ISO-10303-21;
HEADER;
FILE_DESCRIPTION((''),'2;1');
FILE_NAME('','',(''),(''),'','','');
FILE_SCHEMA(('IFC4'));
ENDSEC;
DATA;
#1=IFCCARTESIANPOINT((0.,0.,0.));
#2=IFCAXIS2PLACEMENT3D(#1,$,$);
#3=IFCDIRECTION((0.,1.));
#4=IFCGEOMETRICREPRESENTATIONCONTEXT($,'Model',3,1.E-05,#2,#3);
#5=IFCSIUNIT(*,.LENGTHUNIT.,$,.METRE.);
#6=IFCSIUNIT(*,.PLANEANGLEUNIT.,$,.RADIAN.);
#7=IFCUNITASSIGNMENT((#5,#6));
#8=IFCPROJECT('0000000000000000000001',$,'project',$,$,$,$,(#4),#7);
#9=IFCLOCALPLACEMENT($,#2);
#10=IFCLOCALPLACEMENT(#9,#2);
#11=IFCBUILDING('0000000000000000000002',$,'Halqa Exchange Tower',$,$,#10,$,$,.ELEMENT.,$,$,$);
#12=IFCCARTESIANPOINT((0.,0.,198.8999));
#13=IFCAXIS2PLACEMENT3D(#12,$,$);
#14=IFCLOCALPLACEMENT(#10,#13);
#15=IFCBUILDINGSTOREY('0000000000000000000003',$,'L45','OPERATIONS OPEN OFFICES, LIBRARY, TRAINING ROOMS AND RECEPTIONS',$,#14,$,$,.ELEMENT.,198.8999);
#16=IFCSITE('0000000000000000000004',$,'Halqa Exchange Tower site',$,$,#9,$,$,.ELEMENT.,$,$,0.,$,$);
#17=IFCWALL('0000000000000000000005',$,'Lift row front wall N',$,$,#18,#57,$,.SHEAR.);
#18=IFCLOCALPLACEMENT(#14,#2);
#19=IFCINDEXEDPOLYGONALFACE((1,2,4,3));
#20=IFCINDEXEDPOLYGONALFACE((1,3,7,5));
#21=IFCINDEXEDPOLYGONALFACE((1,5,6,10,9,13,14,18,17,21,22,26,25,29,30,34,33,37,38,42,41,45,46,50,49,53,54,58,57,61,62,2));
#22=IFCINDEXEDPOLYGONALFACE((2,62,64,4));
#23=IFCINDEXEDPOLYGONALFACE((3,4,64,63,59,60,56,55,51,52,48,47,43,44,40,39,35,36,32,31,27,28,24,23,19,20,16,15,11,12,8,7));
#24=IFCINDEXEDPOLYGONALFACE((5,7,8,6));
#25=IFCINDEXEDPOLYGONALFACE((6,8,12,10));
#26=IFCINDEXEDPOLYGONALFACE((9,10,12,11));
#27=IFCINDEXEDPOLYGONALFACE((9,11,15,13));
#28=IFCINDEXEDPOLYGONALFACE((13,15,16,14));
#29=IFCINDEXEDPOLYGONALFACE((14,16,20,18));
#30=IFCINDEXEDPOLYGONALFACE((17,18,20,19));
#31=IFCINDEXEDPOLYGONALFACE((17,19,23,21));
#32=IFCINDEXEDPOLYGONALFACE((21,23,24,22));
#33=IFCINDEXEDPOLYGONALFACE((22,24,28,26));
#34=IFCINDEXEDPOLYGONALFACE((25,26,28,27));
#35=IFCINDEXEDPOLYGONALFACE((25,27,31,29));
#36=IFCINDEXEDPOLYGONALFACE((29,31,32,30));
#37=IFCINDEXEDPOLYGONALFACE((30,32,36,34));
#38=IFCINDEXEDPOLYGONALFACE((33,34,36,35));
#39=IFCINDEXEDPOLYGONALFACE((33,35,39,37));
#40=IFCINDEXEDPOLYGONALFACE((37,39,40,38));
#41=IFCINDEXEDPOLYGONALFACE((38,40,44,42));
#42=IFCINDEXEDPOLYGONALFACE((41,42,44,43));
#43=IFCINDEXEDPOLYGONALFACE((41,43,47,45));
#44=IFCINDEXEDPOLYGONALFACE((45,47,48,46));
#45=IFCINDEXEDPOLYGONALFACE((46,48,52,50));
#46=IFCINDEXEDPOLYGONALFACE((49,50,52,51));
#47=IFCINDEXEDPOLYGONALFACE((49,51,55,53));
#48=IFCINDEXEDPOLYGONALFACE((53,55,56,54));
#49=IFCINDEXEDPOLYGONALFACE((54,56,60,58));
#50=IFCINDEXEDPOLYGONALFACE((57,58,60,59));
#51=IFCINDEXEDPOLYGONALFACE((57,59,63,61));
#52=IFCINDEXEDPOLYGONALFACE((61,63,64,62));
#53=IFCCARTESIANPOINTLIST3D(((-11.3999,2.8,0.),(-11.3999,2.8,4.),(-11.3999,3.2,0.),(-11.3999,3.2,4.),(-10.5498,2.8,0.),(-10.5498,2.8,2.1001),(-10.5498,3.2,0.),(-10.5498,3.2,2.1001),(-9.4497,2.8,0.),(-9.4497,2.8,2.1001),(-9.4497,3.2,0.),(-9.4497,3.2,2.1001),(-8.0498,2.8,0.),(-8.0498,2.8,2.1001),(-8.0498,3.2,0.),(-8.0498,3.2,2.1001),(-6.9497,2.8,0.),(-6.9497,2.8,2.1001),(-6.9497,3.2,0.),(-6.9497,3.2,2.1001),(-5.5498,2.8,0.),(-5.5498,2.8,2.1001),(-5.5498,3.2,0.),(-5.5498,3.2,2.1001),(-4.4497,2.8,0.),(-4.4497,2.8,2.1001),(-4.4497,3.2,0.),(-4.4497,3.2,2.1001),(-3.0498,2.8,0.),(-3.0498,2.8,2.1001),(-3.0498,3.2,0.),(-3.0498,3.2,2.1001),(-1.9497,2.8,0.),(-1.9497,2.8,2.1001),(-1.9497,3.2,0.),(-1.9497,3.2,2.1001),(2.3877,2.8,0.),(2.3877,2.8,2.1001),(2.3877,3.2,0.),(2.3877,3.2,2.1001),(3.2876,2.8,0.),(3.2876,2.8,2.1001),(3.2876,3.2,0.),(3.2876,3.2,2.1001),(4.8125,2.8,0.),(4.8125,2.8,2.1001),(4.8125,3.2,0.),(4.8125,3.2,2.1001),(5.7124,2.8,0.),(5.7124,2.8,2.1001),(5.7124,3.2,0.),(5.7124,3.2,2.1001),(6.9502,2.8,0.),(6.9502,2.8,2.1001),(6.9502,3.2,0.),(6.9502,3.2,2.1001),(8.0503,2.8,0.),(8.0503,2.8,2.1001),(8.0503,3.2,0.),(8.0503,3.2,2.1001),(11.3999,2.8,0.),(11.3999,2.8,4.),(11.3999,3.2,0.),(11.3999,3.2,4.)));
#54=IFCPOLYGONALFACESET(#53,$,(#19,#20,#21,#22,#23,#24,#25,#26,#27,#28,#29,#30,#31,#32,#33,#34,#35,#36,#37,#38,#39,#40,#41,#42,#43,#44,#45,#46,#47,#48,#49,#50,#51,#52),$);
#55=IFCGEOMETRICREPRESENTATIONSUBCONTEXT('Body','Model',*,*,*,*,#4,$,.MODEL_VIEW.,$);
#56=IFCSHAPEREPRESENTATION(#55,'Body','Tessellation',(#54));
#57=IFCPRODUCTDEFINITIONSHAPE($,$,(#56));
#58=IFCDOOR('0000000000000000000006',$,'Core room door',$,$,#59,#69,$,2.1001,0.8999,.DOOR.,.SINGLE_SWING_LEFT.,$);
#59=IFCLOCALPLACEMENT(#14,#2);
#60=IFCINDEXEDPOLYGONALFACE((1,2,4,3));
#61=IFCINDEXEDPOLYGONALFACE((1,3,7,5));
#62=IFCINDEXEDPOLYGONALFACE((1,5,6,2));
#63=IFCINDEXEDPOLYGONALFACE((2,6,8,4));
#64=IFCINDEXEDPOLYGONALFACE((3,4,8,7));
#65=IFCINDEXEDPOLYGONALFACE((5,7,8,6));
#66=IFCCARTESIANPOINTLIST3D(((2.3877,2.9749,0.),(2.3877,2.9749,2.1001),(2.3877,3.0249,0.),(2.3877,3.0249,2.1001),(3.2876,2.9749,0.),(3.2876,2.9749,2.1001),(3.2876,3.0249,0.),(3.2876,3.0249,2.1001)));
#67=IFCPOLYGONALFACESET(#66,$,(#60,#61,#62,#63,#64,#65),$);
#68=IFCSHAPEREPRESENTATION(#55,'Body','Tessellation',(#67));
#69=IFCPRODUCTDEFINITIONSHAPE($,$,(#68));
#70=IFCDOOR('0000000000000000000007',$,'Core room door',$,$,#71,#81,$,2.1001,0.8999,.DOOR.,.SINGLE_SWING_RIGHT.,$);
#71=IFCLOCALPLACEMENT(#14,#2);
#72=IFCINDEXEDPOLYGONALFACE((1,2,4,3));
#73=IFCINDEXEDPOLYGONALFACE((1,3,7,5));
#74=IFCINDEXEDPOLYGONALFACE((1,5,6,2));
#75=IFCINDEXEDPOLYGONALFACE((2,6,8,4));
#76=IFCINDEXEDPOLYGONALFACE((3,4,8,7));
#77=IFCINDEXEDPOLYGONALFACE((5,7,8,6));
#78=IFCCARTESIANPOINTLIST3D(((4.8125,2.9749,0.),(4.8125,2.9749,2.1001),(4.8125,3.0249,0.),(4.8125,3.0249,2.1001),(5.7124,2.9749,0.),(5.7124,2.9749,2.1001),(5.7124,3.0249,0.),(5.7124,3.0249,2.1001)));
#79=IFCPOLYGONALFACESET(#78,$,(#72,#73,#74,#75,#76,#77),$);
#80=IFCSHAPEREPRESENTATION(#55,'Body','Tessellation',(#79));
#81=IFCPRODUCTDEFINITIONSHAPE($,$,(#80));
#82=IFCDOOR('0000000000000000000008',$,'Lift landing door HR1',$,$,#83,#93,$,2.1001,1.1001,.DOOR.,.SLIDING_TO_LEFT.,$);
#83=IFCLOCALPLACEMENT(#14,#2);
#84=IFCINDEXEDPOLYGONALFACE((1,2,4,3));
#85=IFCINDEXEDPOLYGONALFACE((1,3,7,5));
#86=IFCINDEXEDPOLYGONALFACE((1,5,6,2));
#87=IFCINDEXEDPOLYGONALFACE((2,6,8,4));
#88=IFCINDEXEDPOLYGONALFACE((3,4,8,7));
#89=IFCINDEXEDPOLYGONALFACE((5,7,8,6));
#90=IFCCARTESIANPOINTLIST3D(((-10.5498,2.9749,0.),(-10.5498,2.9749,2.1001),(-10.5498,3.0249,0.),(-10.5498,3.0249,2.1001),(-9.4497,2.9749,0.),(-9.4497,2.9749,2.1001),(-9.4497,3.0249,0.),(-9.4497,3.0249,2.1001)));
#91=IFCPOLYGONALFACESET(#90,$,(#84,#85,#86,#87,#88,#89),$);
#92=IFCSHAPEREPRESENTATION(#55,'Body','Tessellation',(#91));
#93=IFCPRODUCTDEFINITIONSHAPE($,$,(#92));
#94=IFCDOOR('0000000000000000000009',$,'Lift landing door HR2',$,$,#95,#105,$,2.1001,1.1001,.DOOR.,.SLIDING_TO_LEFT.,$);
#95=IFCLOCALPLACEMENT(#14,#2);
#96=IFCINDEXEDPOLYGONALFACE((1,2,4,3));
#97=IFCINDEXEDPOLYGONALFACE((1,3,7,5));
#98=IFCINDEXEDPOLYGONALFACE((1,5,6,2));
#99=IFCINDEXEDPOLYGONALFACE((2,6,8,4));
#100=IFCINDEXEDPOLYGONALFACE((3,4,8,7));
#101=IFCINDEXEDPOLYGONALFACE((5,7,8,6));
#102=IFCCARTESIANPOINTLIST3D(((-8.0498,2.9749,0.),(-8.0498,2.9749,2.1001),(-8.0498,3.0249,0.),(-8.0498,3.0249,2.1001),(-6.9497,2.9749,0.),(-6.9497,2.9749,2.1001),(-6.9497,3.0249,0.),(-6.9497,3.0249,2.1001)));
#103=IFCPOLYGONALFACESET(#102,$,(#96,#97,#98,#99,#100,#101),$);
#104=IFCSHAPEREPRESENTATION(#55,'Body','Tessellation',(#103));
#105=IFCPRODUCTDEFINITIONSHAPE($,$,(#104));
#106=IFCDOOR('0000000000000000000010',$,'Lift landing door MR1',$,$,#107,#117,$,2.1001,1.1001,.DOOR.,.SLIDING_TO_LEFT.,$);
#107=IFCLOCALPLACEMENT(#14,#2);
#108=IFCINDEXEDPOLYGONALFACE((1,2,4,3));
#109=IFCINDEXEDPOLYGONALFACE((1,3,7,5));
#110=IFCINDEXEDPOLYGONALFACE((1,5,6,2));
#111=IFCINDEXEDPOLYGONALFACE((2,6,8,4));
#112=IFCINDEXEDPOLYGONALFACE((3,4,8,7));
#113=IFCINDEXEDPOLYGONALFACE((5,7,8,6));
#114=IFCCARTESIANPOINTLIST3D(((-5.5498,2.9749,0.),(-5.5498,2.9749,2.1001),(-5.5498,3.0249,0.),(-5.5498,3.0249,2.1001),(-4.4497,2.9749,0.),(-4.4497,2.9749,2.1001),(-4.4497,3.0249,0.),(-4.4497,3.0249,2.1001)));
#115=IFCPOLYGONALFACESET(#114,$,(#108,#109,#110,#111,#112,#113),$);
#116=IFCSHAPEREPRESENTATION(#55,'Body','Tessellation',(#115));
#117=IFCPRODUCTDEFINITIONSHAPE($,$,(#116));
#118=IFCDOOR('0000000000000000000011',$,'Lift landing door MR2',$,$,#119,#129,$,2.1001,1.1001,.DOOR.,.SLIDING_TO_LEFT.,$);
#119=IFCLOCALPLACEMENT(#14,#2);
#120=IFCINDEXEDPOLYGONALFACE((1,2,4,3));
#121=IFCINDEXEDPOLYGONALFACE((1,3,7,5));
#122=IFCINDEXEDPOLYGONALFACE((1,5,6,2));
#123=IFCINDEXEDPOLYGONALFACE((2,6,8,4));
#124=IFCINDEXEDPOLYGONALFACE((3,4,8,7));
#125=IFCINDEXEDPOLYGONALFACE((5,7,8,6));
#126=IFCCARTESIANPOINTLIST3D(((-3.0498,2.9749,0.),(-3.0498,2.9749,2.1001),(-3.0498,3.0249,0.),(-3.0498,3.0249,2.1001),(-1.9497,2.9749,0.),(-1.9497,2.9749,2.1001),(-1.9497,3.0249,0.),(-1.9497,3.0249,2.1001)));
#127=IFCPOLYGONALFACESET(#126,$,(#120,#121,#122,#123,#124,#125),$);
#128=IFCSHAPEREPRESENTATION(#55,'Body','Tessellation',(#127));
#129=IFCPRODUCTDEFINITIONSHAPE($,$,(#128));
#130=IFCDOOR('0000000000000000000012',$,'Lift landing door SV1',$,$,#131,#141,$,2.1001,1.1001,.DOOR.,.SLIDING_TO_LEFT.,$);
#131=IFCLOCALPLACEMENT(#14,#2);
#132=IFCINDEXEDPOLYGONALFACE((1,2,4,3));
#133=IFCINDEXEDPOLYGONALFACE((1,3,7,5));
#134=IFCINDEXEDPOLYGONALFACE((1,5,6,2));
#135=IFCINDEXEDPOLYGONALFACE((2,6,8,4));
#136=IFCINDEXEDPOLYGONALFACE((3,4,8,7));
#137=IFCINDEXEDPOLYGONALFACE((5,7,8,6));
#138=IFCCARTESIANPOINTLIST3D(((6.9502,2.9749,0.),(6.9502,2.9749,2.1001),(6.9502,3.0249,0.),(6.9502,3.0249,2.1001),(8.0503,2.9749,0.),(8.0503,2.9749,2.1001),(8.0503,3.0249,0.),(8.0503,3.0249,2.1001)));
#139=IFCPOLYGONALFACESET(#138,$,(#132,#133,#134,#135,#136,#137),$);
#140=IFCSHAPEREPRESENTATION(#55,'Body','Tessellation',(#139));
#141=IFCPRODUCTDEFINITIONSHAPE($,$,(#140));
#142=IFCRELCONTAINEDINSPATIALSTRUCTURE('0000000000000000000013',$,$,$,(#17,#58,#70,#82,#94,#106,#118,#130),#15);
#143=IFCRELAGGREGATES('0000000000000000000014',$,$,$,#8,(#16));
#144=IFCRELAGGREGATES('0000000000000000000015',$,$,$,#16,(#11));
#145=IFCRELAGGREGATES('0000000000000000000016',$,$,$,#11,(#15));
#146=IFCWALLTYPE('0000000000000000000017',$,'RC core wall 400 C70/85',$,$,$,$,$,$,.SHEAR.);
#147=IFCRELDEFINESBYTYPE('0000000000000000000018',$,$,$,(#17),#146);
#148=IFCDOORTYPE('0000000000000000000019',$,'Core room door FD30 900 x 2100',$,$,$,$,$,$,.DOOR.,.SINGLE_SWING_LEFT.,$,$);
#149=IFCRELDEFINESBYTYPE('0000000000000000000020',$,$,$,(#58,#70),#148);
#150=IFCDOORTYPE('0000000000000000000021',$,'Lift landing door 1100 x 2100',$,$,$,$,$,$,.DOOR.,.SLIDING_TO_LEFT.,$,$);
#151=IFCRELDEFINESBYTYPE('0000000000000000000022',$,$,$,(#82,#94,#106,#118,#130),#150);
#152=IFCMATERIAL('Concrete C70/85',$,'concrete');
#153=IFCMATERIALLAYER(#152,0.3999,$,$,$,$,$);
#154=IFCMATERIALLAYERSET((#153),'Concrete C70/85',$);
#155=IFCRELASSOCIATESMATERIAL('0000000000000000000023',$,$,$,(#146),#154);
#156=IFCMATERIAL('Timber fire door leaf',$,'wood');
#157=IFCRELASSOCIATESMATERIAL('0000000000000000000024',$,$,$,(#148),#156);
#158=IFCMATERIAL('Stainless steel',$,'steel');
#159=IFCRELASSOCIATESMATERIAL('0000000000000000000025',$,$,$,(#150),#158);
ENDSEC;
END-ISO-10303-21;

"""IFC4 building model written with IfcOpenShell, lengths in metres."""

from ifc_helpers import new_model, si_unit, direction, frame, frame_2d, origin, place, context, subcontext, project, spatial, rectangle, extrude, material, layer, layer_set, type_object, element, fill, save


model = new_model("IFC4")

# Units and contexts
model_context = context("Model", 3, precision=1e-05, world=origin(), true_north=direction((0.0, 1.0)))
body_context = subcontext(model_context, "Body", "Model", "MODEL_VIEW")
ifc_project = project(units=[si_unit("LENGTHUNIT", "METRE"), si_unit("PLANEANGLEUNIT", "RADIAN")], contexts=[model_context])

# Site, building, storey
site_placement = place(None, origin())
site = spatial("IfcSite", under=ifc_project, at=site_placement, Name="Halqa Exchange Tower site", CompositionType="ELEMENT", RefElevation=0.0)
building_placement = place(site_placement, origin())
building = spatial("IfcBuilding", under=site, at=building_placement, Name="Halqa Exchange Tower", CompositionType="ELEMENT")
storey_placement = place(building_placement, frame((0.0, 0.0, 198.8999)))
storey = spatial("IfcBuildingStorey", under=building, at=storey_placement, Name="L45", Description="OPERATIONS OPEN OFFICES, LIBRARY, TRAINING ROOMS AND RECEPTIONS", CompositionType="ELEMENT", Elevation=198.8999)

# Wall, openings, doors
ifc_material_1 = material(Name="Concrete C70/85", Category="concrete")
ifc_layer_1 = layer(ifc_material_1, 0.3999)
ifc_layer_set_1 = layer_set([ifc_layer_1], Name="Concrete C70/85")
wall_type_1 = type_object("IfcWallType", Name="RC core wall 400 C70/85", PredefinedType="SHEAR", material=ifc_layer_set_1)
wall_1_placement = place(storey_placement, frame((-11.3999, 3.0, 0.0), z_axis=(0.0, 0.0, 1.0), x_axis=(1.0, 0.0, 0.0)))
wall_1 = element("IfcWall", 1, at=wall_1_placement, inside=storey, type_object=wall_type_1, Name="Lift row front wall N", PredefinedType="SHEAR", context=body_context, shape_type="SweptSolid", body=[
    extrude(rectangle(XDim=22.7998, YDim=0.3999, at=frame_2d((11.3999, 0.0))), origin(), (0.0, 0.0, 1.0), 4.0),
])
opening_1_placement = place(wall_1_placement, frame((0.8501, 0.0, 0.0)))
opening_1 = element("IfcOpeningElement", 2, at=opening_1_placement, cuts=wall_1, PredefinedType="OPENING", context=body_context, shape_type="SweptSolid", body=[
    extrude(rectangle(XDim=1.1001, YDim=2.1001, at=frame_2d((0.55, 1.05))), frame((0.0, 0.2119, 0.0), z_axis=(0.0, -1.0, 0.0), x_axis=(1.0, 0.0, 0.0)), (0.0, 0.0, 1.0), 0.4238),
])
opening_2_placement = place(wall_1_placement, frame((3.3501, 0.0, 0.0)))
opening_2 = element("IfcOpeningElement", 3, at=opening_2_placement, cuts=wall_1, PredefinedType="OPENING", context=body_context, shape_type="SweptSolid", body=[
    extrude(rectangle(XDim=1.1001, YDim=2.1001, at=frame_2d((0.55, 1.05))), frame((0.0, 0.2119, 0.0), z_axis=(0.0, -1.0, 0.0), x_axis=(1.0, 0.0, 0.0)), (0.0, 0.0, 1.0), 0.4238),
])
opening_3_placement = place(wall_1_placement, frame((5.8501, 0.0, 0.0)))
opening_3 = element("IfcOpeningElement", 4, at=opening_3_placement, cuts=wall_1, PredefinedType="OPENING", context=body_context, shape_type="SweptSolid", body=[
    extrude(rectangle(XDim=1.1001, YDim=2.1001, at=frame_2d((0.55, 1.05))), frame((0.0, 0.2119, 0.0), z_axis=(0.0, -1.0, 0.0), x_axis=(1.0, 0.0, 0.0)), (0.0, 0.0, 1.0), 0.4238),
])
opening_4_placement = place(wall_1_placement, frame((8.3501, 0.0, 0.0)))
opening_4 = element("IfcOpeningElement", 5, at=opening_4_placement, cuts=wall_1, PredefinedType="OPENING", context=body_context, shape_type="SweptSolid", body=[
    extrude(rectangle(XDim=1.1001, YDim=2.1001, at=frame_2d((0.55, 1.05))), frame((0.0, 0.2119, 0.0), z_axis=(0.0, -1.0, 0.0), x_axis=(1.0, 0.0, 0.0)), (0.0, 0.0, 1.0), 0.4238),
])
opening_5_placement = place(wall_1_placement, frame((18.3501, 0.0, 0.0)))
opening_5 = element("IfcOpeningElement", 6, at=opening_5_placement, cuts=wall_1, PredefinedType="OPENING", context=body_context, shape_type="SweptSolid", body=[
    extrude(rectangle(XDim=1.1001, YDim=2.1001, at=frame_2d((0.55, 1.05))), frame((0.0, 0.2119, 0.0), z_axis=(0.0, -1.0, 0.0), x_axis=(1.0, 0.0, 0.0)), (0.0, 0.0, 1.0), 0.4238),
])
opening_6_placement = place(wall_1_placement, frame((13.7876, 0.0, 0.0)))
opening_6 = element("IfcOpeningElement", 7, at=opening_6_placement, cuts=wall_1, PredefinedType="OPENING", context=body_context, shape_type="SweptSolid", body=[
    extrude(rectangle(XDim=0.8999, YDim=2.1001, at=frame_2d((0.45, 1.05))), frame((0.0, 0.2119, 0.0), z_axis=(0.0, -1.0, 0.0), x_axis=(1.0, 0.0, 0.0)), (0.0, 0.0, 1.0), 0.4238),
])
opening_7_placement = place(wall_1_placement, frame((16.2124, 0.0, 0.0)))
opening_7 = element("IfcOpeningElement", 8, at=opening_7_placement, cuts=wall_1, PredefinedType="OPENING", context=body_context, shape_type="SweptSolid", body=[
    extrude(rectangle(XDim=0.8999, YDim=2.1001, at=frame_2d((0.45, 1.05))), frame((0.0, 0.2119, 0.0), z_axis=(0.0, -1.0, 0.0), x_axis=(1.0, 0.0, 0.0)), (0.0, 0.0, 1.0), 0.4238),
])
ifc_material_2 = material(Name="Timber fire door leaf", Category="wood")
door_type_1 = type_object("IfcDoorType", Name="Core room door FD30 900 x 2100", OperationType="SINGLE_SWING_LEFT", PredefinedType="DOOR", material=ifc_material_2)
door_1_placement = place(opening_6_placement, origin())
door_1 = element("IfcDoor", 9, at=door_1_placement, inside=storey, type_object=door_type_1, Name="Core room door", OperationType="SINGLE_SWING_LEFT", OverallHeight=2.1001, OverallWidth=0.8999, PredefinedType="DOOR", context=body_context, shape_type="SweptSolid", body=[
    extrude(rectangle(XDim=0.8999, YDim=2.1001, at=frame_2d((0.45, 1.05))), frame((0.0, 0.0249, 0.0), z_axis=(0.0, -1.0, 0.0), x_axis=(1.0, 0.0, 0.0)), (0.0, 0.0, 1.0), 0.05),
])
fill(opening_6, door_1)
door_2_placement = place(opening_7_placement, origin())
door_2 = element("IfcDoor", 10, at=door_2_placement, inside=storey, type_object=door_type_1, Name="Core room door", OperationType="SINGLE_SWING_RIGHT", OverallHeight=2.1001, OverallWidth=0.8999, PredefinedType="DOOR", context=body_context, shape_type="SweptSolid", body=[
    extrude(rectangle(XDim=0.8999, YDim=2.1001, at=frame_2d((0.45, 1.05))), frame((0.0, 0.0249, 0.0), z_axis=(0.0, -1.0, 0.0), x_axis=(1.0, 0.0, 0.0)), (0.0, 0.0, 1.0), 0.05),
])
fill(opening_7, door_2)
ifc_material_3 = material(Name="Stainless steel", Category="steel")
door_type_2 = type_object("IfcDoorType", Name="Lift landing door 1100 x 2100", OperationType="SLIDING_TO_LEFT", PredefinedType="DOOR", material=ifc_material_3)
door_3_placement = place(opening_1_placement, origin())
door_3 = element("IfcDoor", 11, at=door_3_placement, inside=storey, type_object=door_type_2, Name="Lift landing door HR1", OperationType="SLIDING_TO_LEFT", OverallHeight=2.1001, OverallWidth=1.1001, PredefinedType="DOOR", context=body_context, shape_type="SweptSolid", body=[
    extrude(rectangle(XDim=1.1001, YDim=2.1001, at=frame_2d((0.55, 1.05))), frame((0.0, 0.0249, 0.0), z_axis=(0.0, -1.0, 0.0), x_axis=(1.0, 0.0, 0.0)), (0.0, 0.0, 1.0), 0.05),
])
fill(opening_1, door_3)
door_4_placement = place(opening_2_placement, origin())
door_4 = element("IfcDoor", 12, at=door_4_placement, inside=storey, type_object=door_type_2, Name="Lift landing door HR2", OperationType="SLIDING_TO_LEFT", OverallHeight=2.1001, OverallWidth=1.1001, PredefinedType="DOOR", context=body_context, shape_type="SweptSolid", body=[
    extrude(rectangle(XDim=1.1001, YDim=2.1001, at=frame_2d((0.55, 1.05))), frame((0.0, 0.0249, 0.0), z_axis=(0.0, -1.0, 0.0), x_axis=(1.0, 0.0, 0.0)), (0.0, 0.0, 1.0), 0.05),
])
fill(opening_2, door_4)
door_5_placement = place(opening_3_placement, origin())
door_5 = element("IfcDoor", 13, at=door_5_placement, inside=storey, type_object=door_type_2, Name="Lift landing door MR1", OperationType="SLIDING_TO_LEFT", OverallHeight=2.1001, OverallWidth=1.1001, PredefinedType="DOOR", context=body_context, shape_type="SweptSolid", body=[
    extrude(rectangle(XDim=1.1001, YDim=2.1001, at=frame_2d((0.55, 1.05))), frame((0.0, 0.0249, 0.0), z_axis=(0.0, -1.0, 0.0), x_axis=(1.0, 0.0, 0.0)), (0.0, 0.0, 1.0), 0.05),
])
fill(opening_3, door_5)
door_6_placement = place(opening_4_placement, origin())
door_6 = element("IfcDoor", 14, at=door_6_placement, inside=storey, type_object=door_type_2, Name="Lift landing door MR2", OperationType="SLIDING_TO_LEFT", OverallHeight=2.1001, OverallWidth=1.1001, PredefinedType="DOOR", context=body_context, shape_type="SweptSolid", body=[
    extrude(rectangle(XDim=1.1001, YDim=2.1001, at=frame_2d((0.55, 1.05))), frame((0.0, 0.0249, 0.0), z_axis=(0.0, -1.0, 0.0), x_axis=(1.0, 0.0, 0.0)), (0.0, 0.0, 1.0), 0.05),
])
fill(opening_4, door_6)
door_7_placement = place(opening_5_placement, origin())
door_7 = element("IfcDoor", 15, at=door_7_placement, inside=storey, type_object=door_type_2, Name="Lift landing door SV1", OperationType="SLIDING_TO_LEFT", OverallHeight=2.1001, OverallWidth=1.1001, PredefinedType="DOOR", context=body_context, shape_type="SweptSolid", body=[
    extrude(rectangle(XDim=1.1001, YDim=2.1001, at=frame_2d((0.55, 1.05))), frame((0.0, 0.0249, 0.0), z_axis=(0.0, -1.0, 0.0), x_axis=(1.0, 0.0, 0.0)), (0.0, 0.0, 1.0), 0.05),
])
fill(opening_5, door_7)

save(model, "model.ifc")
